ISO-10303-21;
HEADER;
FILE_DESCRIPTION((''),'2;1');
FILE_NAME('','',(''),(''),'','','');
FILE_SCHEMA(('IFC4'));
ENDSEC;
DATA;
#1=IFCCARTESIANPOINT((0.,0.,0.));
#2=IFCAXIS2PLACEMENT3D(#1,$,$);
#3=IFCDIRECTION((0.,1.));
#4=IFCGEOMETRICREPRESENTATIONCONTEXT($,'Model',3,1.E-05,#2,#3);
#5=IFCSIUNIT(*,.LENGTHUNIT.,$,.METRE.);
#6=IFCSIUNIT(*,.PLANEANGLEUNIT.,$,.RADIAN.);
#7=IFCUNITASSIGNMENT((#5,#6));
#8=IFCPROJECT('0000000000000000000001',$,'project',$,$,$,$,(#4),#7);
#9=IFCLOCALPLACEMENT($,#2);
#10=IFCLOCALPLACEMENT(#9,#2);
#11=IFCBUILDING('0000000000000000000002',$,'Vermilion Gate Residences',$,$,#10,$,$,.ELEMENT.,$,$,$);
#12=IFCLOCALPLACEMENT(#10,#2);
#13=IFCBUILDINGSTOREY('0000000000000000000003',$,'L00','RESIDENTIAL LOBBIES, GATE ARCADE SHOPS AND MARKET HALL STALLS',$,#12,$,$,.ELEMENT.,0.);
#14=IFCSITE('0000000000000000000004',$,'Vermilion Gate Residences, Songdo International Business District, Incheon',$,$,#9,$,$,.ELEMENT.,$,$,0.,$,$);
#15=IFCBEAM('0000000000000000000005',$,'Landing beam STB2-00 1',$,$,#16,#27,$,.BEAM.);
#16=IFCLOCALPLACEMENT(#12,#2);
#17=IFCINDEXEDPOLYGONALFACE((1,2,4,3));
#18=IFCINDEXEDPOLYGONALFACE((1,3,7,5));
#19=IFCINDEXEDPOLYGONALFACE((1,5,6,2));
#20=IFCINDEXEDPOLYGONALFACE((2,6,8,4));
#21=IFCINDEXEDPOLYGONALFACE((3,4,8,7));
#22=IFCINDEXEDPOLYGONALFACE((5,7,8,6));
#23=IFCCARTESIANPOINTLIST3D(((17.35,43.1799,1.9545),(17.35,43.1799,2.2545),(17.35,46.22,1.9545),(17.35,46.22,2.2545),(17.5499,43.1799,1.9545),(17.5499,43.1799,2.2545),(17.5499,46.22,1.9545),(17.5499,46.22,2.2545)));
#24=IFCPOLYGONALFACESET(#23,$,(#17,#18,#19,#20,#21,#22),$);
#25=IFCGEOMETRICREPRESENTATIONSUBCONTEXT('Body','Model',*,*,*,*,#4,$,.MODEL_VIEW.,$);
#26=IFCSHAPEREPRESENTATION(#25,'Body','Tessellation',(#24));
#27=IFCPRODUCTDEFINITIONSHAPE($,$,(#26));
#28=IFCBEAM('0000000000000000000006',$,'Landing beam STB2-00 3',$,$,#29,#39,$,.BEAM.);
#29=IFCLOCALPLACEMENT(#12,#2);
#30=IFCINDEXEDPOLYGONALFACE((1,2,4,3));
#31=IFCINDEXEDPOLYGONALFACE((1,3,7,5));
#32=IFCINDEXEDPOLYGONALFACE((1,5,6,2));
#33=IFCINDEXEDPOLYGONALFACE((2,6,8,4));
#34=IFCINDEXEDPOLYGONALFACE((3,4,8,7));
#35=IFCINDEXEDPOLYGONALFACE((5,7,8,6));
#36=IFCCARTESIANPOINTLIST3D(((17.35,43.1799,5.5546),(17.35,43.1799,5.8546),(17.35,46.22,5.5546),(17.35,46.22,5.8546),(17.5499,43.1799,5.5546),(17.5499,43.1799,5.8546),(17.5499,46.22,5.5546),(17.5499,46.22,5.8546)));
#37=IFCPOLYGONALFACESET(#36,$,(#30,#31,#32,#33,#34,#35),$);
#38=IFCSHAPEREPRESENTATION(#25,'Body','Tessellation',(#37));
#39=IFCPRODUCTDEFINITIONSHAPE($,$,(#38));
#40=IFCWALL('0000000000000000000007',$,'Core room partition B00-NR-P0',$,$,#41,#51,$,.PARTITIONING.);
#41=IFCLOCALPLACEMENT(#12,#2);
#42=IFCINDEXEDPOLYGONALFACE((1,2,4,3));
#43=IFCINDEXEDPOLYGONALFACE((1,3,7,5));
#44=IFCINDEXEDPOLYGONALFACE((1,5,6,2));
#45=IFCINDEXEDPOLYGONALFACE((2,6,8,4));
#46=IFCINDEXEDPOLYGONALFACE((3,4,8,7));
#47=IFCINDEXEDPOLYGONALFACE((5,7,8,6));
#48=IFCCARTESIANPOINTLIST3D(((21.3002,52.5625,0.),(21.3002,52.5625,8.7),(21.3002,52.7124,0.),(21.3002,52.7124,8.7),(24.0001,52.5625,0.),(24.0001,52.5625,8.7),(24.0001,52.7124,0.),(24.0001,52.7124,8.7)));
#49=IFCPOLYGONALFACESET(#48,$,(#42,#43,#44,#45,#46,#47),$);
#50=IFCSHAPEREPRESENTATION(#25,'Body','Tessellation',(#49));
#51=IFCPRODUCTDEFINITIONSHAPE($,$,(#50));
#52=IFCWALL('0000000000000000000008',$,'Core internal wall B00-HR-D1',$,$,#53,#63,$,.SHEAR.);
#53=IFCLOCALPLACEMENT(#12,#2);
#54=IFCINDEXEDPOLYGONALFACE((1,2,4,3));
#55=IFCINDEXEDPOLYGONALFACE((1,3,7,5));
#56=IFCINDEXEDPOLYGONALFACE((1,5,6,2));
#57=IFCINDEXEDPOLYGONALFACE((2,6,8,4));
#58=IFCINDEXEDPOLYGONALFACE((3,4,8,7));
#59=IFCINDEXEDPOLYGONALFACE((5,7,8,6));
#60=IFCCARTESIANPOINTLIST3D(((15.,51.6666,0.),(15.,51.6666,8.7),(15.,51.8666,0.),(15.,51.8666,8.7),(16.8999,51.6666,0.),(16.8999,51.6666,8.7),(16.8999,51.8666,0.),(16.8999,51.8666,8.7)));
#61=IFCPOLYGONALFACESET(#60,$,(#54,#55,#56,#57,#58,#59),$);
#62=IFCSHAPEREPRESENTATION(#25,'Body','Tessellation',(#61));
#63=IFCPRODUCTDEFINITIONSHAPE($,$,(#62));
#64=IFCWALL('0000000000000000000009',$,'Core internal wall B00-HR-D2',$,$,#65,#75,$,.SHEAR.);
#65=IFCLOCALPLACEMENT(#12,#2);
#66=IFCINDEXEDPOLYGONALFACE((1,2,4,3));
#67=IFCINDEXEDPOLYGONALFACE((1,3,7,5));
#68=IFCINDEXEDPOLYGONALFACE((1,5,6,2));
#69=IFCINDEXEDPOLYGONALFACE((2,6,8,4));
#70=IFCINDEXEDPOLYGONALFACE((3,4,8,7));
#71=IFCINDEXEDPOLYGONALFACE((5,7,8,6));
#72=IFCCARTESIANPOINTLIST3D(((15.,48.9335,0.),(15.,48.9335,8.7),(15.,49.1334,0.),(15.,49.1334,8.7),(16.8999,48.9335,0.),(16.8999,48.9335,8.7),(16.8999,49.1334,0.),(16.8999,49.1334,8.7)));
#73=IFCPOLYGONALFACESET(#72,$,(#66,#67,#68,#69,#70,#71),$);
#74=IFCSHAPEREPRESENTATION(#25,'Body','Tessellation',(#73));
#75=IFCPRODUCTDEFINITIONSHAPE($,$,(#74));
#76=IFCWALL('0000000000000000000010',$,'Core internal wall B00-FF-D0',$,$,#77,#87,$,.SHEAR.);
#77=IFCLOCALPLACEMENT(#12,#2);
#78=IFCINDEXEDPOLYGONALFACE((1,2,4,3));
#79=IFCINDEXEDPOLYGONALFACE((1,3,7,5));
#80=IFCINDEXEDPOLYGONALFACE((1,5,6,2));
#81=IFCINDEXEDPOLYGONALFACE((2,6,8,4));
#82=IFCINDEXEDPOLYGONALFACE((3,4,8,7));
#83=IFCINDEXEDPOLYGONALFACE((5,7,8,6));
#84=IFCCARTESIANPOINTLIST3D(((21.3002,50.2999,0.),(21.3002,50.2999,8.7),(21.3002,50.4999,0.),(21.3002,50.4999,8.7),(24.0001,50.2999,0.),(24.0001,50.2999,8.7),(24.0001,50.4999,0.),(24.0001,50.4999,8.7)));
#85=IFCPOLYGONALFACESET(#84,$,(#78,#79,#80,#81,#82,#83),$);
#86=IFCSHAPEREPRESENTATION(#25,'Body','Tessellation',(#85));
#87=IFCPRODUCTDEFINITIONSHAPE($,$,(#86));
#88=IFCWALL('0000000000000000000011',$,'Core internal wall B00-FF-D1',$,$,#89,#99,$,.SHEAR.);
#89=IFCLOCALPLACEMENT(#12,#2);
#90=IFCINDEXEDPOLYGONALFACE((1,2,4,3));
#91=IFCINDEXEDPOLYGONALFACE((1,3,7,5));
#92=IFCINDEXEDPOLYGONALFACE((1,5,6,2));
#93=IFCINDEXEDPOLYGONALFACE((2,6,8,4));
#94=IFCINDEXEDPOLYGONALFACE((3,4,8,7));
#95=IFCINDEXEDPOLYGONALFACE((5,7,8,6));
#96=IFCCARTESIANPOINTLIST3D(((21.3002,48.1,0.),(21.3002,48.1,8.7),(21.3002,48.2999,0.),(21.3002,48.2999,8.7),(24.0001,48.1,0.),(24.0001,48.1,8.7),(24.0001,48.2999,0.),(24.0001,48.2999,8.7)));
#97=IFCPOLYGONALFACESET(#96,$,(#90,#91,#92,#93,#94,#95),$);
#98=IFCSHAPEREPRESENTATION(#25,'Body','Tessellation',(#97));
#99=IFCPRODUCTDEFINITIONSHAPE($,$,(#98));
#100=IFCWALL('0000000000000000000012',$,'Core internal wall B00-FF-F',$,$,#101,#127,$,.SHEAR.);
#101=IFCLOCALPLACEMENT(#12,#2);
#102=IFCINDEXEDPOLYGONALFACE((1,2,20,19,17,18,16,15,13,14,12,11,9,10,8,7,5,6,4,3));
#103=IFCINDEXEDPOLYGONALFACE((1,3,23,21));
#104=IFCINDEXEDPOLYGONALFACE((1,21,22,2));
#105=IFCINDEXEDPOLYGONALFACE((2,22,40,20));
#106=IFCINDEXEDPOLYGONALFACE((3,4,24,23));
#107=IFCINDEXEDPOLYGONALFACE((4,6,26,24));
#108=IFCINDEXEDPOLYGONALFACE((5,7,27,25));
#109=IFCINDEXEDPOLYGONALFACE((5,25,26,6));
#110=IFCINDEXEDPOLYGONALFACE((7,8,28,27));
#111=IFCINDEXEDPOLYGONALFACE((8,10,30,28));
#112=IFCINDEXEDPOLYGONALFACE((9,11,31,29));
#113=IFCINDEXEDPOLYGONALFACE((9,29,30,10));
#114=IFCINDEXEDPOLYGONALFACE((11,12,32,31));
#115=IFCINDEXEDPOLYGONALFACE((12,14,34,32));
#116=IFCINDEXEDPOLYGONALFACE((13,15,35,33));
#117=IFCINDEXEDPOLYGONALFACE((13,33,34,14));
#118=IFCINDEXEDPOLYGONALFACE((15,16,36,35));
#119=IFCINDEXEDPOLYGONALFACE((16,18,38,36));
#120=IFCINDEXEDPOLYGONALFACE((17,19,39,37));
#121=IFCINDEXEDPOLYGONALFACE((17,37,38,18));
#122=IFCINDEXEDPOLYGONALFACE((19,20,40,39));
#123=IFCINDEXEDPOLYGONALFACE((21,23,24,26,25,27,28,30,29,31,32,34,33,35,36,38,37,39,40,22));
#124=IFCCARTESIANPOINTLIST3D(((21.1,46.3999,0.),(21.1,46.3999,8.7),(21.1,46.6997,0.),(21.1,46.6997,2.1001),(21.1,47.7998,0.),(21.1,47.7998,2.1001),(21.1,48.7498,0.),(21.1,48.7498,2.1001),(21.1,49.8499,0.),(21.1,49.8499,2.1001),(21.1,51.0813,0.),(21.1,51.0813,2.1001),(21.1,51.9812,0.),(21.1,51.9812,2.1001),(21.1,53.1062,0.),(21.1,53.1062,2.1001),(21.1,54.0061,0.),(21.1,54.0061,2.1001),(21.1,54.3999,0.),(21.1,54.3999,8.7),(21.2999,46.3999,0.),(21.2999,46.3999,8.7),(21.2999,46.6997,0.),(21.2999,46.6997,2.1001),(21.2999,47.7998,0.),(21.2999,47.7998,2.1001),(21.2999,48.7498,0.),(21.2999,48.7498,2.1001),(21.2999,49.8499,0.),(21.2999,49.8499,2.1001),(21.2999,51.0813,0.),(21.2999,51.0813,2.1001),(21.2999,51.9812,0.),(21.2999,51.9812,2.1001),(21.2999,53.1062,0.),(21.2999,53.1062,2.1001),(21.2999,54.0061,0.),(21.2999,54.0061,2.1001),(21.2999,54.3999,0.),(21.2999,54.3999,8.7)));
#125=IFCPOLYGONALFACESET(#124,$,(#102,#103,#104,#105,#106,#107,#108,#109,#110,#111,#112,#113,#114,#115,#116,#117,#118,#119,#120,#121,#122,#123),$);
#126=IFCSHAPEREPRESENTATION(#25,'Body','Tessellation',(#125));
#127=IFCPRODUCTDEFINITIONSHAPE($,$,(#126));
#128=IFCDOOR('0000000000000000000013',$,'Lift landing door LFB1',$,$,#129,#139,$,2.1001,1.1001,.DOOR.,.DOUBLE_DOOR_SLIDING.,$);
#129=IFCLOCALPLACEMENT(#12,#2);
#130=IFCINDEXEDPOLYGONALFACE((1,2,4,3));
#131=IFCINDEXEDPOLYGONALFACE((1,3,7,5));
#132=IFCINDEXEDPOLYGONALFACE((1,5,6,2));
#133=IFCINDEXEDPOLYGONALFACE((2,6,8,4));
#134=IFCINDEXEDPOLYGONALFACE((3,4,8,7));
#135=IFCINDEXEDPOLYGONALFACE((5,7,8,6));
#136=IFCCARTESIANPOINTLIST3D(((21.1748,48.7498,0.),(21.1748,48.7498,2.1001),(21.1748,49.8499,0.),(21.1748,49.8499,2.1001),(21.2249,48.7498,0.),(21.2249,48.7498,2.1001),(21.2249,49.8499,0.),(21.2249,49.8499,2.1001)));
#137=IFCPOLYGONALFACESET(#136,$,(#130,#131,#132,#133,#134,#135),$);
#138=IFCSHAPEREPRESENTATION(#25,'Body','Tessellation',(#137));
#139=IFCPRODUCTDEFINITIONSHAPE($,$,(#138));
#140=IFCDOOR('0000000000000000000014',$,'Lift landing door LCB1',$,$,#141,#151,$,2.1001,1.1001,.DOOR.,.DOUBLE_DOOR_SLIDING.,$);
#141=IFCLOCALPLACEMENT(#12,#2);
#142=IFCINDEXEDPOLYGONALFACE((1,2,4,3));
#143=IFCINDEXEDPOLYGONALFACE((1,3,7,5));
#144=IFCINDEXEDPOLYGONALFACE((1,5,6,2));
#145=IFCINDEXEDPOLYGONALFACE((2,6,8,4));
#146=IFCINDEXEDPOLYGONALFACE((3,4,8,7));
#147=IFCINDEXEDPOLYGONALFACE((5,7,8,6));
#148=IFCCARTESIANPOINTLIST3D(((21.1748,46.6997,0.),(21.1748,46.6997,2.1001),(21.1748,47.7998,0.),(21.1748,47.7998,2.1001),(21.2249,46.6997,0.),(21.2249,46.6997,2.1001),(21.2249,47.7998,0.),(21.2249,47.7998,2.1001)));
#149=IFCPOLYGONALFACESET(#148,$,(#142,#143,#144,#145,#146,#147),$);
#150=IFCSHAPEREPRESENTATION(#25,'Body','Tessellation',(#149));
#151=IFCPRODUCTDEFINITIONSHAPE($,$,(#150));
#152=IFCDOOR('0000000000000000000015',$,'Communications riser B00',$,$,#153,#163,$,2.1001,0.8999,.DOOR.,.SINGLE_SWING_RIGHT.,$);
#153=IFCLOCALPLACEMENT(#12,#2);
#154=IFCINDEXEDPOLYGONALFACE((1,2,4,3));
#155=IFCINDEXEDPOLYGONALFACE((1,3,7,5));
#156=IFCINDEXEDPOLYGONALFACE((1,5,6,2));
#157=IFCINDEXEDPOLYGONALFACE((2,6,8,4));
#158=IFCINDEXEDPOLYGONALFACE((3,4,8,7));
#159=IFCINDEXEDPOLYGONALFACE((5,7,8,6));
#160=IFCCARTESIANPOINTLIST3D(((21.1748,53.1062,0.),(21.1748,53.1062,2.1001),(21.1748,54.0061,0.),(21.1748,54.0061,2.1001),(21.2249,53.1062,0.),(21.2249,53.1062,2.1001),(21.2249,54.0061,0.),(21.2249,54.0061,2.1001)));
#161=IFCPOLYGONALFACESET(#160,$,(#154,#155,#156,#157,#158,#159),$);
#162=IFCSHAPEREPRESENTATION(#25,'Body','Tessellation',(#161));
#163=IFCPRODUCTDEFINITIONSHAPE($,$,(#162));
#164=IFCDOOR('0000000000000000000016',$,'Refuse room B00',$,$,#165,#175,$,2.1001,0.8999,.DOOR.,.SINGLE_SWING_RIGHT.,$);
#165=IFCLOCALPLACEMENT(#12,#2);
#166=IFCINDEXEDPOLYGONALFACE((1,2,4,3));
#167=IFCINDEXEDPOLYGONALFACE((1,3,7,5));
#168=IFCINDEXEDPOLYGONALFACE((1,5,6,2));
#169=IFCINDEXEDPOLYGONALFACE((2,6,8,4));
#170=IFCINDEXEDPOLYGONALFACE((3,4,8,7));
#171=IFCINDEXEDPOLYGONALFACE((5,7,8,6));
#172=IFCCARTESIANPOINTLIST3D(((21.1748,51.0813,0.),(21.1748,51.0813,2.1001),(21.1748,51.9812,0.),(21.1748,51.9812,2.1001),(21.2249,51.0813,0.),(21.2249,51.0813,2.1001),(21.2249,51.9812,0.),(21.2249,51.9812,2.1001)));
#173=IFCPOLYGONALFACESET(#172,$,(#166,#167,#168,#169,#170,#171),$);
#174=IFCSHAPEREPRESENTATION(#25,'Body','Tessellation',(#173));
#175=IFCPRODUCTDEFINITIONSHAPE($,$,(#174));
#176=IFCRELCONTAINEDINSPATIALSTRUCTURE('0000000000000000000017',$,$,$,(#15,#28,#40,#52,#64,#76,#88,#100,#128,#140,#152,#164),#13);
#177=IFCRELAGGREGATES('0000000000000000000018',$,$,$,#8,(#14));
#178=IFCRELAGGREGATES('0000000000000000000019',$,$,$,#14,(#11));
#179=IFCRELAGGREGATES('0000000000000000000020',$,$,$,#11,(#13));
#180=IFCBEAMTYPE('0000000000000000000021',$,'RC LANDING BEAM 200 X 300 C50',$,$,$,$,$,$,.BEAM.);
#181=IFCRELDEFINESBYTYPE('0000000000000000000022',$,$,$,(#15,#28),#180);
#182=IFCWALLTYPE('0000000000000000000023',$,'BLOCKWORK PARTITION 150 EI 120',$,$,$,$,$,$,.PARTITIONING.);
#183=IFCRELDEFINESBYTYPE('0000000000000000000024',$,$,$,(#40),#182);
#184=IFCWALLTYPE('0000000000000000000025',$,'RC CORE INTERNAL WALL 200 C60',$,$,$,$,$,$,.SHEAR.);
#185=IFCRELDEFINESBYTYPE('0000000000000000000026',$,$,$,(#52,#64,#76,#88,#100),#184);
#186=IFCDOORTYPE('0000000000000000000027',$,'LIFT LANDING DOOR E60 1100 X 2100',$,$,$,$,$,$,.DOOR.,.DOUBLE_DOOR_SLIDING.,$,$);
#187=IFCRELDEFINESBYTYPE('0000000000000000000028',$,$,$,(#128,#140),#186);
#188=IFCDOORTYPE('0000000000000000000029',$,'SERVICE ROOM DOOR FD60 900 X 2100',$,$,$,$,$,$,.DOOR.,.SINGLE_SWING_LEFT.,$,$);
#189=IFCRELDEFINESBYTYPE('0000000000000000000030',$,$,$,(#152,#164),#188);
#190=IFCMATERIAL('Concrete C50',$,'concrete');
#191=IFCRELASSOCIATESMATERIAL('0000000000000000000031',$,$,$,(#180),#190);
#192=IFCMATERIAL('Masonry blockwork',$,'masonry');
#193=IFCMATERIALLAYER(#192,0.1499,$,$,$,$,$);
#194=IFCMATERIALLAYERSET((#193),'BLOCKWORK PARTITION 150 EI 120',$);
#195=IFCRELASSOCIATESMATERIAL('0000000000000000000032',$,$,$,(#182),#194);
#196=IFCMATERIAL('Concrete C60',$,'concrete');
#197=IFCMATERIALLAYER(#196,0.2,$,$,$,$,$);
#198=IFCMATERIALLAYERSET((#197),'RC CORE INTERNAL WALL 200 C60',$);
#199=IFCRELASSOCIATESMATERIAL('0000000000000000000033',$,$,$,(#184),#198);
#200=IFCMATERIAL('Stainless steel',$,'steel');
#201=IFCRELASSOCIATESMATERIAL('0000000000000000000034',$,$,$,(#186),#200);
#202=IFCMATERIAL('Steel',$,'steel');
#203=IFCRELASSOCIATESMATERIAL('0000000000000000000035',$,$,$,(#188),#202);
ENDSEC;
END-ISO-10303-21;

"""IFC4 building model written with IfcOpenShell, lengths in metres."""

from ifc_helpers import new_model, si_unit, direction, frame, frame_2d, origin, origin_2d, place, context, subcontext, project, spatial, rectangle, extrude, material, layer, layer_set, material_profile, profile_set, type_object, element, fill, save


model = new_model("IFC4")

# Units and contexts
model_context = context("Model", 3, precision=1e-05, world=origin(), true_north=direction((0.0, 1.0)))
body_context = subcontext(model_context, "Body", "Model", "MODEL_VIEW")
ifc_project = project(units=[si_unit("LENGTHUNIT", "METRE"), si_unit("PLANEANGLEUNIT", "RADIAN")], contexts=[model_context])

# Site, building, storey
site_placement = place(None, origin())
site = spatial("IfcSite", under=ifc_project, at=site_placement, Name="Vermilion Gate Residences, Songdo International Business District, Incheon", CompositionType="ELEMENT", RefElevation=0.0)
building_placement = place(site_placement, origin())
building = spatial("IfcBuilding", under=site, at=building_placement, Name="Vermilion Gate Residences", CompositionType="ELEMENT")
storey_placement = place(building_placement, origin())
storey = spatial("IfcBuildingStorey", under=building, at=storey_placement, Name="L00", Description="RESIDENTIAL LOBBIES, GATE ARCADE SHOPS AND MARKET HALL STALLS", CompositionType="ELEMENT", Elevation=0.0)

# Beams
ifc_material_1 = material(Name="Concrete C50", Category="concrete")
ifc_material_profile = material_profile(ifc_material_1, rectangle(XDim=0.2, YDim=0.3, at=origin_2d()), Name="RC-200x300")
ifc_profile_set = profile_set([ifc_material_profile], Name="Concrete C50")
beam_type = type_object("IfcBeamType", Name="RC LANDING BEAM 200 X 300 C50", PredefinedType="BEAM", material=ifc_profile_set)
for number, where, z_axis, x_axis, name in (
    (1, (17.45, 46.22, 2.1045), (0.0, -1.0, 0.0), (1.0, 0.0, 0.0), "Landing beam STB2-00 1"),
    (2, (17.45, 46.22, 5.7046), (0.0, -1.0, 0.0), (1.0, 0.0, 0.0), "Landing beam STB2-00 3"),
):
    element("IfcBeam", number, at=place(storey_placement, frame(where, z_axis=z_axis, x_axis=x_axis)), inside=storey, type_object=beam_type, Name=name, PredefinedType="BEAM", context=body_context, shape_type="SweptSolid", body=[
        extrude(rectangle(XDim=0.2, YDim=0.3, at=origin_2d()), origin(), (0.0, 0.0, 1.0), 3.04),
    ])

# Walls
ifc_material_2 = material(Name="Masonry blockwork", Category="masonry")
ifc_layer_1 = layer(ifc_material_2, 0.1499)
ifc_layer_set_1 = layer_set([ifc_layer_1], Name="BLOCKWORK PARTITION 150 EI 120")
wall_type_1 = type_object("IfcWallType", Name="BLOCKWORK PARTITION 150 EI 120", PredefinedType="PARTITIONING", material=ifc_layer_set_1)
wall_1_placement = place(storey_placement, frame((21.3, 52.6375, 0.0), z_axis=(0.0, 0.0, 1.0), x_axis=(1.0, 0.0, 0.0)))
element("IfcWall", 3, at=wall_1_placement, inside=storey, type_object=wall_type_1, Name="Core room partition B00-NR-P0", PredefinedType="PARTITIONING", context=body_context, shape_type="SweptSolid", body=[
    extrude(rectangle(XDim=2.7, YDim=0.1499, at=frame_2d((1.3501, 0.0))), origin(), (0.0, 0.0, 1.0), 8.7),
])
ifc_material_3 = material(Name="Concrete C60", Category="concrete")
ifc_layer_2 = layer(ifc_material_3, 0.2)
ifc_layer_set_2 = layer_set([ifc_layer_2], Name="RC CORE INTERNAL WALL 200 C60")
wall_type_2 = type_object("IfcWallType", Name="RC CORE INTERNAL WALL 200 C60", PredefinedType="SHEAR", material=ifc_layer_set_2)
for number, where, z_axis, x_axis, name in (
    (4, (15.0, 51.7666, 0.0), (0.0, 0.0, 1.0), (1.0, 0.0, 0.0), "Core internal wall B00-HR-D1"),
    (5, (15.0, 49.0334, 0.0), (0.0, 0.0, 1.0), (1.0, 0.0, 0.0), "Core internal wall B00-HR-D2"),
):
    element("IfcWall", number, at=place(storey_placement, frame(where, z_axis=z_axis, x_axis=x_axis)), inside=storey, type_object=wall_type_2, Name=name, PredefinedType="SHEAR", context=body_context, shape_type="SweptSolid", body=[
        extrude(rectangle(XDim=1.8999, YDim=0.2, at=frame_2d((0.95, 0.0))), origin(), (0.0, 0.0, 1.0), 8.7),
    ])
for number, where, z_axis, x_axis, name in (
    (6, (21.3, 50.3999, 0.0), (0.0, 0.0, 1.0), (1.0, 0.0, 0.0), "Core internal wall B00-FF-D0"),
    (7, (21.3, 48.2, 0.0), (0.0, 0.0, 1.0), (1.0, 0.0, 0.0), "Core internal wall B00-FF-D1"),
):
    element("IfcWall", number, at=place(storey_placement, frame(where, z_axis=z_axis, x_axis=x_axis)), inside=storey, type_object=wall_type_2, Name=name, PredefinedType="SHEAR", context=body_context, shape_type="SweptSolid", body=[
        extrude(rectangle(XDim=2.7, YDim=0.2, at=frame_2d((1.3501, 0.0))), origin(), (0.0, 0.0, 1.0), 8.7),
    ])

# Wall, openings, doors
wall_2_placement = place(storey_placement, frame((21.2, 54.3999, 0.0), z_axis=(0.0, 0.0, 1.0), x_axis=(0.0, -1.0, 0.0)))
wall_2 = element("IfcWall", 8, at=wall_2_placement, inside=storey, type_object=wall_type_2, Name="Core internal wall B00-FF-F", PredefinedType="SHEAR", context=body_context, shape_type="SweptSolid", body=[
    extrude(rectangle(XDim=8.0, YDim=0.2, at=frame_2d((4.0, 0.0))), origin(), (0.0, 0.0, 1.0), 8.7),
])
opening_1_placement = place(wall_2_placement, frame((0.3938, 0.0, 0.0)))
opening_1 = element("IfcOpeningElement", 9, at=opening_1_placement, cuts=wall_2, PredefinedType="OPENING", context=body_context, shape_type="SweptSolid", body=[
    extrude(rectangle(XDim=0.8999, YDim=2.1001, at=frame_2d((0.45, 1.05))), frame((0.0, 0.1099, 0.0), z_axis=(0.0, -1.0, 0.0), x_axis=(1.0, 0.0, 0.0)), (0.0, 0.0, 1.0), 0.22),
])
opening_2_placement = place(wall_2_placement, frame((2.4187, 0.0, 0.0)))
opening_2 = element("IfcOpeningElement", 10, at=opening_2_placement, cuts=wall_2, PredefinedType="OPENING", context=body_context, shape_type="SweptSolid", body=[
    extrude(rectangle(XDim=0.8999, YDim=2.1001, at=frame_2d((0.45, 1.05))), frame((0.0, 0.1099, 0.0), z_axis=(0.0, -1.0, 0.0), x_axis=(1.0, 0.0, 0.0)), (0.0, 0.0, 1.0), 0.22),
])
opening_3_placement = place(wall_2_placement, frame((4.55, 0.0, 0.0)))
opening_3 = element("IfcOpeningElement", 11, at=opening_3_placement, cuts=wall_2, PredefinedType="OPENING", context=body_context, shape_type="SweptSolid", body=[
    extrude(rectangle(XDim=1.1001, YDim=2.1001, at=frame_2d((0.55, 1.05))), frame((0.0, 0.1099, 0.0), z_axis=(0.0, -1.0, 0.0), x_axis=(1.0, 0.0, 0.0)), (0.0, 0.0, 1.0), 0.22),
])
opening_4_placement = place(wall_2_placement, frame((6.6001, 0.0, 0.0)))
opening_4 = element("IfcOpeningElement", 12, at=opening_4_placement, cuts=wall_2, PredefinedType="OPENING", context=body_context, shape_type="SweptSolid", body=[
    extrude(rectangle(XDim=1.1001, YDim=2.1001, at=frame_2d((0.55, 1.05))), frame((0.0, 0.1099, 0.0), z_axis=(0.0, -1.0, 0.0), x_axis=(1.0, 0.0, 0.0)), (0.0, 0.0, 1.0), 0.22),
])
ifc_material_4 = material(Name="Stainless steel", Category="steel")
door_type_1 = type_object("IfcDoorType", Name="LIFT LANDING DOOR E60 1100 X 2100", OperationType="DOUBLE_DOOR_SLIDING", PredefinedType="DOOR", material=ifc_material_4)
door_1_placement = place(opening_3_placement, origin())
door_1 = element("IfcDoor", 13, at=door_1_placement, inside=storey, type_object=door_type_1, Name="Lift landing door LFB1", OperationType="DOUBLE_DOOR_SLIDING", OverallHeight=2.1001, OverallWidth=1.1001, PredefinedType="DOOR", context=body_context, shape_type="SweptSolid", body=[
    extrude(rectangle(XDim=1.1001, YDim=2.1001, at=frame_2d((0.55, 1.05))), frame((0.0, 0.0249, 0.0), z_axis=(0.0, -1.0, 0.0), x_axis=(1.0, 0.0, 0.0)), (0.0, 0.0, 1.0), 0.05),
])
fill(opening_3, door_1)
door_2_placement = place(opening_4_placement, origin())
door_2 = element("IfcDoor", 14, at=door_2_placement, inside=storey, type_object=door_type_1, Name="Lift landing door LCB1", OperationType="DOUBLE_DOOR_SLIDING", OverallHeight=2.1001, OverallWidth=1.1001, PredefinedType="DOOR", context=body_context, shape_type="SweptSolid", body=[
    extrude(rectangle(XDim=1.1001, YDim=2.1001, at=frame_2d((0.55, 1.05))), frame((0.0, 0.0249, 0.0), z_axis=(0.0, -1.0, 0.0), x_axis=(1.0, 0.0, 0.0)), (0.0, 0.0, 1.0), 0.05),
])
fill(opening_4, door_2)
ifc_material_5 = material(Name="Steel", Category="steel")
door_type_2 = type_object("IfcDoorType", Name="SERVICE ROOM DOOR FD60 900 X 2100", OperationType="SINGLE_SWING_LEFT", PredefinedType="DOOR", material=ifc_material_5)
door_3_placement = place(opening_1_placement, origin())
door_3 = element("IfcDoor", 15, at=door_3_placement, inside=storey, type_object=door_type_2, Name="Communications riser B00", OperationType="SINGLE_SWING_RIGHT", OverallHeight=2.1001, OverallWidth=0.8999, PredefinedType="DOOR", context=body_context, shape_type="SweptSolid", body=[
    extrude(rectangle(XDim=0.8999, YDim=2.1001, at=frame_2d((0.45, 1.05))), frame((0.0, 0.0249, 0.0), z_axis=(0.0, -1.0, 0.0), x_axis=(1.0, 0.0, 0.0)), (0.0, 0.0, 1.0), 0.05),
])
fill(opening_1, door_3)
door_4_placement = place(opening_2_placement, origin())
door_4 = element("IfcDoor", 16, at=door_4_placement, inside=storey, type_object=door_type_2, Name="Refuse room B00", OperationType="SINGLE_SWING_RIGHT", OverallHeight=2.1001, OverallWidth=0.8999, PredefinedType="DOOR", context=body_context, shape_type="SweptSolid", body=[
    extrude(rectangle(XDim=0.8999, YDim=2.1001, at=frame_2d((0.45, 1.05))), frame((0.0, 0.0249, 0.0), z_axis=(0.0, -1.0, 0.0), x_axis=(1.0, 0.0, 0.0)), (0.0, 0.0, 1.0), 0.05),
])
fill(opening_2, door_4)

save(model, "model.ifc")
